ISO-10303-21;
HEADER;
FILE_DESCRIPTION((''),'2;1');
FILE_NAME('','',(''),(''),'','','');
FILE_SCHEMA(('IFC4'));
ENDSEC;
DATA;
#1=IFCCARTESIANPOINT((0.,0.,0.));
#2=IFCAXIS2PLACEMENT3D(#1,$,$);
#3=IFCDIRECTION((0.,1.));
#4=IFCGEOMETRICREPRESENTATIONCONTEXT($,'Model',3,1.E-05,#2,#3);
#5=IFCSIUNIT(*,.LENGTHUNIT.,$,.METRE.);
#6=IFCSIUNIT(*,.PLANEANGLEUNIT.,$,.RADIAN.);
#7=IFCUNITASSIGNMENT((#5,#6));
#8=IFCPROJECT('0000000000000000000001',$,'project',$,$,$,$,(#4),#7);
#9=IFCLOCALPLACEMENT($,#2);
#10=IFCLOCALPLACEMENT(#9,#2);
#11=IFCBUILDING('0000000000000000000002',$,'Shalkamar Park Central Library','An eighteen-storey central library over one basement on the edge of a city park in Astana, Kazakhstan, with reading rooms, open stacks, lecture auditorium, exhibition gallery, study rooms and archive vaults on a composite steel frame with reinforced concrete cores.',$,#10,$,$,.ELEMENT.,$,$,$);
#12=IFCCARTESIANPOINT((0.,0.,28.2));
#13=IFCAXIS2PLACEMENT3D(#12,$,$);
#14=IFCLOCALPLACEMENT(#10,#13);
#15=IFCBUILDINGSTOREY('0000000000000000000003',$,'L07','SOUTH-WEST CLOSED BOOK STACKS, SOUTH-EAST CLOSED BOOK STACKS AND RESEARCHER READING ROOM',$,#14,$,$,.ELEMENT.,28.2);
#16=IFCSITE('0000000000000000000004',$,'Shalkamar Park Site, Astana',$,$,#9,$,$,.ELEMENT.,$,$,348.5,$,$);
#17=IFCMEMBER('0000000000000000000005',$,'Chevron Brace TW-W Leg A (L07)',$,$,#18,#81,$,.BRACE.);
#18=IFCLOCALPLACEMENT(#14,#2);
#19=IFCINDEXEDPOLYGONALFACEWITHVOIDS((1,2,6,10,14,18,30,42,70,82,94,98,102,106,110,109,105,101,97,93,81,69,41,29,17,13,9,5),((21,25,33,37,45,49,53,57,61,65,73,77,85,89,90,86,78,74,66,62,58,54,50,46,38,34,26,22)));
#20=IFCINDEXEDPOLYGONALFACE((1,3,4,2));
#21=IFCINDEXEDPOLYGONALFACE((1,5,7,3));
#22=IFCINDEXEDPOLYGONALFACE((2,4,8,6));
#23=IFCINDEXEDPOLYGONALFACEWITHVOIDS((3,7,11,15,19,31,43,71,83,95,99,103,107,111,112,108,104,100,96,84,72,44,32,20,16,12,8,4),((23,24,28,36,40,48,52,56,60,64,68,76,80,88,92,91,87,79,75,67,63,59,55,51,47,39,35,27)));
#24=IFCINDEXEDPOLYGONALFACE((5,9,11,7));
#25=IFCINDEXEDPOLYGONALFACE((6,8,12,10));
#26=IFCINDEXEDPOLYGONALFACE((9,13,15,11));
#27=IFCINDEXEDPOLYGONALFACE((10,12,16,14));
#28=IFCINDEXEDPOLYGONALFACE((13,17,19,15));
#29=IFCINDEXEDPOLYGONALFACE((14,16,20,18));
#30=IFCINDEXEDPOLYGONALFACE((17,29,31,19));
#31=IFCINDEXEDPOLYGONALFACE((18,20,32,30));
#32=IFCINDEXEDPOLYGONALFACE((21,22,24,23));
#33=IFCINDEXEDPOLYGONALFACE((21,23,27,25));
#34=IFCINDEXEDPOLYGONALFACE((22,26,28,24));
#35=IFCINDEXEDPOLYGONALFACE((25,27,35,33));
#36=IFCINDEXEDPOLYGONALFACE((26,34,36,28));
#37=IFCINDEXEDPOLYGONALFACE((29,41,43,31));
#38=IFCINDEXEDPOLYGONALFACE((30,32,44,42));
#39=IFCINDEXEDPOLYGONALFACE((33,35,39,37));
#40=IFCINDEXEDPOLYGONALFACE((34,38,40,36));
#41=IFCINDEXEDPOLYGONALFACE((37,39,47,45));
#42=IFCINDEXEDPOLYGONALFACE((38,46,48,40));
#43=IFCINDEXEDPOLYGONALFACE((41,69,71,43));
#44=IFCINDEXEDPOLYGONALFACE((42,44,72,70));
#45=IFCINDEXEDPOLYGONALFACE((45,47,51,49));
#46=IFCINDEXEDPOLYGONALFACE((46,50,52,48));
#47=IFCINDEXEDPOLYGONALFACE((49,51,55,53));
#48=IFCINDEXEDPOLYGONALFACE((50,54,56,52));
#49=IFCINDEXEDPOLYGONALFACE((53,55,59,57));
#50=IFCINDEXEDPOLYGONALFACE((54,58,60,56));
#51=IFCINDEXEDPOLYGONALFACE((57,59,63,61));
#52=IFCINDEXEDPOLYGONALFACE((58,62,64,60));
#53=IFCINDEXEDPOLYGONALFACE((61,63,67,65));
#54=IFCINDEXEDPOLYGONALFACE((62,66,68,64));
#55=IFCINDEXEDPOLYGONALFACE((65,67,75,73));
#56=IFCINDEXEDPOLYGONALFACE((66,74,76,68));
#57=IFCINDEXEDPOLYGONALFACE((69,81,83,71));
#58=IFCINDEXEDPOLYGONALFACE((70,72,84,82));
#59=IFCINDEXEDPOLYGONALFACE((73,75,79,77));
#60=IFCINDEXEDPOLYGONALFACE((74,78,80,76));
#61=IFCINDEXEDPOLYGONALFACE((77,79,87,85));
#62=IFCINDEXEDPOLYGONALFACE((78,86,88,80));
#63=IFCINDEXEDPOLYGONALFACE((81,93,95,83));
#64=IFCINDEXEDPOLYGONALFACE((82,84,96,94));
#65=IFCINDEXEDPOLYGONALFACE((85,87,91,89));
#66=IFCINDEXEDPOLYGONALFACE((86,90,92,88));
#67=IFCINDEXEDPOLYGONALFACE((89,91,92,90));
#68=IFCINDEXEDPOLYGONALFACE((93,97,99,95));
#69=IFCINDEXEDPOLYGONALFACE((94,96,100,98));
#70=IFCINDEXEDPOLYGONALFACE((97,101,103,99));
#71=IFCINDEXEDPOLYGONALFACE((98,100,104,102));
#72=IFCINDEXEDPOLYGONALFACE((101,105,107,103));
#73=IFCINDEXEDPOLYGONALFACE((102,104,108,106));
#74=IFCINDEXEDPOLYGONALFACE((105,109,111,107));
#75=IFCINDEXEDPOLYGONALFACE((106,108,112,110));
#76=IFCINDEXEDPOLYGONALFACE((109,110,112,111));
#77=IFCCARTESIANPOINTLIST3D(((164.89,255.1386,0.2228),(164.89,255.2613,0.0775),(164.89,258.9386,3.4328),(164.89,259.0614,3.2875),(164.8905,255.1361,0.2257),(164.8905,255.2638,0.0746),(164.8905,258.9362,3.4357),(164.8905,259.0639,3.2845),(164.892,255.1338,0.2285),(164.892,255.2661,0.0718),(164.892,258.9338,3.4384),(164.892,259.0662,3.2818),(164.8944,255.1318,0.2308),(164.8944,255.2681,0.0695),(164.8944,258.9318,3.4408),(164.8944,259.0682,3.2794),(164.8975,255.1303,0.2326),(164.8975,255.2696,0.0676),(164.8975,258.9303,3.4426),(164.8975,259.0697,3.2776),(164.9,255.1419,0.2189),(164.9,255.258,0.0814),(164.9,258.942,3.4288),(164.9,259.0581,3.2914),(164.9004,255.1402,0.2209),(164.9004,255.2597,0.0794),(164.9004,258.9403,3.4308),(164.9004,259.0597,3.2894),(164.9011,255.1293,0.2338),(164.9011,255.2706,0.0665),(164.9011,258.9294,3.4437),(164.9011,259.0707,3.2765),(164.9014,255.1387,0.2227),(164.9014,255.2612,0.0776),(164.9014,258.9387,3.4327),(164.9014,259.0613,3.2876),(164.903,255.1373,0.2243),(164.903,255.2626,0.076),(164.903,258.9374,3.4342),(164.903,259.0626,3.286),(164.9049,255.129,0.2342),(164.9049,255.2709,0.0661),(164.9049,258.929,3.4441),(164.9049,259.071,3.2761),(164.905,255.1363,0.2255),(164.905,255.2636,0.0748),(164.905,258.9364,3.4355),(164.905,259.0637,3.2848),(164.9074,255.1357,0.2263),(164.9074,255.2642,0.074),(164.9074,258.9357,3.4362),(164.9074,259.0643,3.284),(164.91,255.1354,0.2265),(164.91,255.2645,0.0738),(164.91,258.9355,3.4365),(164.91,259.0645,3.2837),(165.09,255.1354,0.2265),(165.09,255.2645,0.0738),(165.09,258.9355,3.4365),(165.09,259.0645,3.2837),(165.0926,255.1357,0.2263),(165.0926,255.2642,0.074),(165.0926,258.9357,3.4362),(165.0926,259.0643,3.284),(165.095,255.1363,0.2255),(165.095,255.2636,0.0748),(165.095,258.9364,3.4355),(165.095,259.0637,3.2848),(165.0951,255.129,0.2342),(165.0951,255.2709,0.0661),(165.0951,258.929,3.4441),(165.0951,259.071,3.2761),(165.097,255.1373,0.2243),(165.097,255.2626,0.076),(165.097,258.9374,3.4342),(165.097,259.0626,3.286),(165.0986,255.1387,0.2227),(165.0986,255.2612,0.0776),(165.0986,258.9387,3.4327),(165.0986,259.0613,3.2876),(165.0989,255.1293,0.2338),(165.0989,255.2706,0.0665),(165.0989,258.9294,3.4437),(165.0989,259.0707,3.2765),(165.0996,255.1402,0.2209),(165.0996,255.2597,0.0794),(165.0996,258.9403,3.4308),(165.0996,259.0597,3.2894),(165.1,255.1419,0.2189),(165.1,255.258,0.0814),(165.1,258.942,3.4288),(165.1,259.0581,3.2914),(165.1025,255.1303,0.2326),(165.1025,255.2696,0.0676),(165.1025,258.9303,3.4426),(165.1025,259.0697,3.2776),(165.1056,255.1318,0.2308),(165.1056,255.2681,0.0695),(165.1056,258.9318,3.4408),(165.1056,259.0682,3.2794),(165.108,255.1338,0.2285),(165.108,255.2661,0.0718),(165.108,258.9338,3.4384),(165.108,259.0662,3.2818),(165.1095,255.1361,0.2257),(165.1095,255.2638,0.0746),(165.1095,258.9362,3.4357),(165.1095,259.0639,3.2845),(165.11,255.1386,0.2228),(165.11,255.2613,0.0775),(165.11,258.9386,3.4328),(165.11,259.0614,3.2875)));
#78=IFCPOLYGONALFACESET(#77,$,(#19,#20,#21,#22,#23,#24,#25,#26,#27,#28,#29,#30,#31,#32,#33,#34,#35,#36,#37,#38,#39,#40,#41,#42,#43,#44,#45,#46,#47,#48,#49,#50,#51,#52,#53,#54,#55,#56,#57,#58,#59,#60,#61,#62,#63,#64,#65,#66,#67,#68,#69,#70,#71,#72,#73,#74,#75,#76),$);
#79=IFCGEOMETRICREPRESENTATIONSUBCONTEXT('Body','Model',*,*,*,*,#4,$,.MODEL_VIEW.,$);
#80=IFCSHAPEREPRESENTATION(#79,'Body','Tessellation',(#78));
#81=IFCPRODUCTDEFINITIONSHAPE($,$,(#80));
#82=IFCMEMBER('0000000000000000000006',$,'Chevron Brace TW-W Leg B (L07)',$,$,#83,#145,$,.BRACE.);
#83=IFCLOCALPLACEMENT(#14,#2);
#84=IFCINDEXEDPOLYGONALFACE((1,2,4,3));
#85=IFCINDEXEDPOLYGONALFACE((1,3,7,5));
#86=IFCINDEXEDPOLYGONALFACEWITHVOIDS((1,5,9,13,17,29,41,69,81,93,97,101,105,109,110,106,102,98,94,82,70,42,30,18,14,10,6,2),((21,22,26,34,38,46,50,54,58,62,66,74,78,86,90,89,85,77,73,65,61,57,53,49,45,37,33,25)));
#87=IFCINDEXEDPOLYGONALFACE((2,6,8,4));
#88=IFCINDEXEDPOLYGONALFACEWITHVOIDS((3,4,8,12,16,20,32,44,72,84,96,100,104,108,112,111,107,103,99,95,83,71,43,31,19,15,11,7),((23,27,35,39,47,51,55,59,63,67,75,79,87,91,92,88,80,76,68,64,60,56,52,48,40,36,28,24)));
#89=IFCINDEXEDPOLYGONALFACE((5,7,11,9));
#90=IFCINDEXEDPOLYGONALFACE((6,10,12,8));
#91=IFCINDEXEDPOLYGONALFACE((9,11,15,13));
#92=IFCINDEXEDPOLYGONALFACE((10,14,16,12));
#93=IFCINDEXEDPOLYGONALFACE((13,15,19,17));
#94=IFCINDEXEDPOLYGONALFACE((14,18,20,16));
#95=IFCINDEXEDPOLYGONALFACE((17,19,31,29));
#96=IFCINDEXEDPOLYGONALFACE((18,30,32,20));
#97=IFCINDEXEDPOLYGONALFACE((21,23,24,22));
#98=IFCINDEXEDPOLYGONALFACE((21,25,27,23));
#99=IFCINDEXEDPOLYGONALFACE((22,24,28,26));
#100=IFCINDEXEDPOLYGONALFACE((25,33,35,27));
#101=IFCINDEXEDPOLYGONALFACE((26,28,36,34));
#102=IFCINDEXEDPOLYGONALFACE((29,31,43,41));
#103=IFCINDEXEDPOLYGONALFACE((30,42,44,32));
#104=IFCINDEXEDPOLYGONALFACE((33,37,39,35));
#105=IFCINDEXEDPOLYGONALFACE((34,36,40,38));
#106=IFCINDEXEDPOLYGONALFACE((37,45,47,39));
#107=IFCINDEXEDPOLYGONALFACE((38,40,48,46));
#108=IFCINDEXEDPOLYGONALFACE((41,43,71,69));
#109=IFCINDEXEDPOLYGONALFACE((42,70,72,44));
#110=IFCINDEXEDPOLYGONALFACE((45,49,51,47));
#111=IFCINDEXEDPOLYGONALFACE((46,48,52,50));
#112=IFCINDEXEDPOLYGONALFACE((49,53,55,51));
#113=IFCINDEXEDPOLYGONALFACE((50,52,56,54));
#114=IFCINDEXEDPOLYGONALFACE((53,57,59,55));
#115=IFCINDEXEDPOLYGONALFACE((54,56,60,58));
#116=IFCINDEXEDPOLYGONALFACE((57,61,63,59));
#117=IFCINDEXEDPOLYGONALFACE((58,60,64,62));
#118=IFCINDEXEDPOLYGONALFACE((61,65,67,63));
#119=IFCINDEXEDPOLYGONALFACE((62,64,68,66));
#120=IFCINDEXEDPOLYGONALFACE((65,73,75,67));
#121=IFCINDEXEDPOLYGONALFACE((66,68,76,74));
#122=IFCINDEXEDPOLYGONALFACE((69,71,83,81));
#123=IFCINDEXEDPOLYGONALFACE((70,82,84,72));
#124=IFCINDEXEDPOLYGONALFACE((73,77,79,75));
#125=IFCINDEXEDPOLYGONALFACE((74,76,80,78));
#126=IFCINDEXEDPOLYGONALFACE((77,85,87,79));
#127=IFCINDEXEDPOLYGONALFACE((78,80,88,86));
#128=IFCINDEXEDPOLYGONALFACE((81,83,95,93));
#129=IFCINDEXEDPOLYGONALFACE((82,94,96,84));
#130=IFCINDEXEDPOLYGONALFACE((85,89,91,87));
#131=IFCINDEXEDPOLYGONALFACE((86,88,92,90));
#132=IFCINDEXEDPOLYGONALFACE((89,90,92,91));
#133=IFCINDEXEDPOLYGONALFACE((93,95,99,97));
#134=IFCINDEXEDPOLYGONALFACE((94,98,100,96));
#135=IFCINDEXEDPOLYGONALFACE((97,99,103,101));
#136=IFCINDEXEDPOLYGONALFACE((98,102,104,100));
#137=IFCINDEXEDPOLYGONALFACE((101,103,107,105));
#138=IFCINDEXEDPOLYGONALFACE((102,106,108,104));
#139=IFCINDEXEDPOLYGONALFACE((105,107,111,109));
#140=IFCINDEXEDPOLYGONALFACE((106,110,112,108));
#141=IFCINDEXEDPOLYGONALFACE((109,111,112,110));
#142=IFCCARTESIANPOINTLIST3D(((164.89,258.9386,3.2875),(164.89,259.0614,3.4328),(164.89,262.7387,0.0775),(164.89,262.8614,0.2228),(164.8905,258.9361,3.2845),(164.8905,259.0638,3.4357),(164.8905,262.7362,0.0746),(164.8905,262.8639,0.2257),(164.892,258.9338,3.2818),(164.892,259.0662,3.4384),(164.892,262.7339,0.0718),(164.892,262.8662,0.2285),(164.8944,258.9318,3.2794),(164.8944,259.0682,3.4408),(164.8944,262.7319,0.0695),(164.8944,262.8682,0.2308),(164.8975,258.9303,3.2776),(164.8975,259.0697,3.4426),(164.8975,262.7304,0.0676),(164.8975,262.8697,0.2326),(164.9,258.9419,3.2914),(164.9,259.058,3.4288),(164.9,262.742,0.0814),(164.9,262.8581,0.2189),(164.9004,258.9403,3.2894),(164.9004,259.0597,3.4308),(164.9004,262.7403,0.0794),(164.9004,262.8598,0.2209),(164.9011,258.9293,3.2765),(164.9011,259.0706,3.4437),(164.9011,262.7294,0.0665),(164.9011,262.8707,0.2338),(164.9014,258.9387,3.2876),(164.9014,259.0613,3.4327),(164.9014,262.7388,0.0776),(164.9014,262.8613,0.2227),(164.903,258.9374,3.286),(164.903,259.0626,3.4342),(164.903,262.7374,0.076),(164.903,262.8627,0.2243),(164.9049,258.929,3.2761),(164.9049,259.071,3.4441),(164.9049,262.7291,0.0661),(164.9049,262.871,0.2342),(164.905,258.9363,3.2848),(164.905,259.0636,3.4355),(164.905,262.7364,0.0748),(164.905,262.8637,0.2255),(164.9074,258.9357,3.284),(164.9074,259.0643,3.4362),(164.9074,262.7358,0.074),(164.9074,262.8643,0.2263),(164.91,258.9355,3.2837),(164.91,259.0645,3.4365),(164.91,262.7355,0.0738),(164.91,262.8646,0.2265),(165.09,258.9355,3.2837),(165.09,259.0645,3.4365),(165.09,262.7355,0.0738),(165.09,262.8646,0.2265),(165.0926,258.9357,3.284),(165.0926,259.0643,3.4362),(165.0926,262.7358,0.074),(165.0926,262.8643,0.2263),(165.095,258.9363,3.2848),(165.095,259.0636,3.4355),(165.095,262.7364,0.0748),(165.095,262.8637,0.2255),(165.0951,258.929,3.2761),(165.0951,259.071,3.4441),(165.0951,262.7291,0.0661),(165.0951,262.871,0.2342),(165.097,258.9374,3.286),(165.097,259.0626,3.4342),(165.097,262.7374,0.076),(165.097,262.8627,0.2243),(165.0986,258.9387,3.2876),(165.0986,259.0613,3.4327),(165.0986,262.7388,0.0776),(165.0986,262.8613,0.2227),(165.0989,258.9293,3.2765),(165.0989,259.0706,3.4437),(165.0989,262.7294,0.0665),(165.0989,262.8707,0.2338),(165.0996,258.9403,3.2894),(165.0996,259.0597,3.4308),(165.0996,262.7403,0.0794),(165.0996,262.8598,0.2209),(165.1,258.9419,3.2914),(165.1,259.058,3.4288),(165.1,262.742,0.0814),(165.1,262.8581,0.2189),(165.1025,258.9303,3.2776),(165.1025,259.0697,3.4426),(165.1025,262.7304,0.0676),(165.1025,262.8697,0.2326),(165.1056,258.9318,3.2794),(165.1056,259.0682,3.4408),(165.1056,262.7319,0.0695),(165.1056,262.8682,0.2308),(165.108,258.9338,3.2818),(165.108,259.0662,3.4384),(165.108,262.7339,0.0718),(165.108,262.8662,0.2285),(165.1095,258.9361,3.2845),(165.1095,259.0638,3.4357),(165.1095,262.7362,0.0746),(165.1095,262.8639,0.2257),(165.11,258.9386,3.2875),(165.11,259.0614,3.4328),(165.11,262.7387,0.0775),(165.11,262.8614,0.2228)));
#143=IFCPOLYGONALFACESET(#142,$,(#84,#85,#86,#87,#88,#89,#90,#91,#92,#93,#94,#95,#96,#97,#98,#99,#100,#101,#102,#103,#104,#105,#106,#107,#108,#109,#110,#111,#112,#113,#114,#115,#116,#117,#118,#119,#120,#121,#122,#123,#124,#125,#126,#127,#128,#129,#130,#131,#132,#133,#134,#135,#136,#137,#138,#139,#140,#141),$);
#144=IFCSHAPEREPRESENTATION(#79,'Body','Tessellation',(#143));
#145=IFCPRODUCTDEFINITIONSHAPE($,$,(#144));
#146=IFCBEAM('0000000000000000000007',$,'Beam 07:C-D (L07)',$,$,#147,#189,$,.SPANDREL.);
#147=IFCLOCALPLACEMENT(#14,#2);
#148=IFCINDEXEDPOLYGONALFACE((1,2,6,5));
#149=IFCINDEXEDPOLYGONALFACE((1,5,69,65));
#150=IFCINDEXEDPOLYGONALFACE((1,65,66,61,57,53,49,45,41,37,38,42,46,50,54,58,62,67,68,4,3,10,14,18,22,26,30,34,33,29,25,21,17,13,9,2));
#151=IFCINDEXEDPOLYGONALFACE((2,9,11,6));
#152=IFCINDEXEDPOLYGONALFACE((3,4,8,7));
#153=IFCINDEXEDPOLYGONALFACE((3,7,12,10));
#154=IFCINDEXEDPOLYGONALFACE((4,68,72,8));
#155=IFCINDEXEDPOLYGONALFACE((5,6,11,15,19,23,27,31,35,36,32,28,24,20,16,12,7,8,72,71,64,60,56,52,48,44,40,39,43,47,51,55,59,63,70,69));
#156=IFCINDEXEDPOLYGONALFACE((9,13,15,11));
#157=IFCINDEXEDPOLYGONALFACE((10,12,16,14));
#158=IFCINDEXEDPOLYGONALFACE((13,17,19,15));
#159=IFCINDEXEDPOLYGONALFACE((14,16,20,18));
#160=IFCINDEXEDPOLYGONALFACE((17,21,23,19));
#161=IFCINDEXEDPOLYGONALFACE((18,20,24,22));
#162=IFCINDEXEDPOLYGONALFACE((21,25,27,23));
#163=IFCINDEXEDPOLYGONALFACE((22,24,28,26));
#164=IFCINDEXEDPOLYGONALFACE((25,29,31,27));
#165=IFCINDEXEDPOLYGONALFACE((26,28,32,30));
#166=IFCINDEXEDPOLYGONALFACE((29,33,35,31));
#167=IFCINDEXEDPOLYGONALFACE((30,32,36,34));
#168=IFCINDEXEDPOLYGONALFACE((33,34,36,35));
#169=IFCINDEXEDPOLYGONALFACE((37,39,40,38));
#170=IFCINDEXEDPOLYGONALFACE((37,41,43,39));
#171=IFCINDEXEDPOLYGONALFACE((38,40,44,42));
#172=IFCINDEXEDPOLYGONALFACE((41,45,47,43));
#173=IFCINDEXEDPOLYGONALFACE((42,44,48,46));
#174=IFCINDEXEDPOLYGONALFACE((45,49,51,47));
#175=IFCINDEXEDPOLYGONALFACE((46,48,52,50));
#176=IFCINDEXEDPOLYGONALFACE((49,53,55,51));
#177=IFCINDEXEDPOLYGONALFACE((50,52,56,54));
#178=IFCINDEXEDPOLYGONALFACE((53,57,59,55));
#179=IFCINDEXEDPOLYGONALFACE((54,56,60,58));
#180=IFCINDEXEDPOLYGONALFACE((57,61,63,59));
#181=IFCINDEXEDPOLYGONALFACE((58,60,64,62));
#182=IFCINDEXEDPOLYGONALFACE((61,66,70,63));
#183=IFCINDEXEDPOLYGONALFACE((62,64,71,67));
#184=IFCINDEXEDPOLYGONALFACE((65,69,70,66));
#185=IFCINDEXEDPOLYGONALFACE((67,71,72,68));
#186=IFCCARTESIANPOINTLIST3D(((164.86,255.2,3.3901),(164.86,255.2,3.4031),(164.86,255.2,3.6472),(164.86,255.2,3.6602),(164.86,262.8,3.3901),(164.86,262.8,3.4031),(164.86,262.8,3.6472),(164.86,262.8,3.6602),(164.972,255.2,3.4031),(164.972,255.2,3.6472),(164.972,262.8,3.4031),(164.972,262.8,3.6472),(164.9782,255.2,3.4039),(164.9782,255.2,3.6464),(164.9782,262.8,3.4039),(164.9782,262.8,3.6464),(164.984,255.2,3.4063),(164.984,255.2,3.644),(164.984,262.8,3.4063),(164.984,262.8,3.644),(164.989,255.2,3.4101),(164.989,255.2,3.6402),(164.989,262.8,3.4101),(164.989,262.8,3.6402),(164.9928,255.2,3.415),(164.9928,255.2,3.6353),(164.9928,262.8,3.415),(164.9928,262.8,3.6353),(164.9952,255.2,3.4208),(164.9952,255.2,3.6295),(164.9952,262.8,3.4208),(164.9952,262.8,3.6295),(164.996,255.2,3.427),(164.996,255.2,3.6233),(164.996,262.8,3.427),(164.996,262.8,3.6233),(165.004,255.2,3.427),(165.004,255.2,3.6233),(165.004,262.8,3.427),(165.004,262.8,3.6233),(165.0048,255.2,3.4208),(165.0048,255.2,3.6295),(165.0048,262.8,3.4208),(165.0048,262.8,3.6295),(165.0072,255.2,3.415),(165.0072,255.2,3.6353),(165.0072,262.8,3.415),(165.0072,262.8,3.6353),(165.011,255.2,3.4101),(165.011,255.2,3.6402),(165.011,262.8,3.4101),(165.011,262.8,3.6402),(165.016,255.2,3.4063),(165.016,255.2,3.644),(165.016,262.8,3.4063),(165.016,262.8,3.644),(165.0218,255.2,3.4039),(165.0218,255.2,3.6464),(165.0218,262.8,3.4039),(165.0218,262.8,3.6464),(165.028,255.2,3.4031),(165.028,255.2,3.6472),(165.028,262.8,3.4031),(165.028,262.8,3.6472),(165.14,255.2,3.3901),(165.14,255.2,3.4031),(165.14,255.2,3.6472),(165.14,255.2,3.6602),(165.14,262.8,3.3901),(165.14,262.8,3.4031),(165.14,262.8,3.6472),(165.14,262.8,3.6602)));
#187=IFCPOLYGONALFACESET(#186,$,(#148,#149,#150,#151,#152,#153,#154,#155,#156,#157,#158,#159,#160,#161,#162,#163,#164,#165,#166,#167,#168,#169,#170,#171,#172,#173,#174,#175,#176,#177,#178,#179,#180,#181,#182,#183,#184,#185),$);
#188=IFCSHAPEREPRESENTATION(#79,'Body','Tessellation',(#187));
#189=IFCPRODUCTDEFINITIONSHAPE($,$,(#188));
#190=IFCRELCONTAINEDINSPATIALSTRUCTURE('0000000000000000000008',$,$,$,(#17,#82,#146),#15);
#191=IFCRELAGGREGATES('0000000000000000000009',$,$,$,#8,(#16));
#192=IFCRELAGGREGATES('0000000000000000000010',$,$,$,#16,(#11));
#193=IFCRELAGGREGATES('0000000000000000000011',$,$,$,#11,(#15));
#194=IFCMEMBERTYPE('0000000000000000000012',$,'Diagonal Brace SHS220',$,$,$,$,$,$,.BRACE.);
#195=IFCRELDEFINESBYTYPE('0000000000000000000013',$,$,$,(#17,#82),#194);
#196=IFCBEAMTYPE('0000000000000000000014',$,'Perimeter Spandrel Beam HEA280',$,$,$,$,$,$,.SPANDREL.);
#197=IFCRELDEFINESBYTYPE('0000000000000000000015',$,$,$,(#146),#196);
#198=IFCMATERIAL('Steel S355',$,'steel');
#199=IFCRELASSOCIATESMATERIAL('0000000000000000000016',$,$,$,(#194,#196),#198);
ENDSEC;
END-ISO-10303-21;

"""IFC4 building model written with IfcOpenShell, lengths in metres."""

from ifc_helpers import new_model, si_unit, direction, frame, origin, origin_2d, place, context, subcontext, project, spatial, hollow_rectangle, i_section, extrude, material, material_profile, profile_set, type_object, element, save


model = new_model("IFC4")

# Units and contexts
model_context = context("Model", 3, precision=1e-05, world=origin(), true_north=direction((0.0, 1.0)))
body_context = subcontext(model_context, "Body", "Model", "MODEL_VIEW")
ifc_project = project(units=[si_unit("LENGTHUNIT", "METRE"), si_unit("PLANEANGLEUNIT", "RADIAN")], contexts=[model_context])

# Site, building, storey
site_placement = place(None, origin())
site = spatial("IfcSite", under=ifc_project, at=site_placement, Name="Shalkamar Park Site, Astana", CompositionType="ELEMENT", RefElevation=348.5)
building_placement = place(site_placement, origin())
building = spatial("IfcBuilding", under=site, at=building_placement, Name="Shalkamar Park Central Library", Description="An eighteen-storey central library over one basement on the edge of a city park in Astana, Kazakhstan, with reading rooms, open stacks, lecture auditorium, exhibition gallery, study rooms and archive vaults on a composite steel frame with reinforced concrete cores.", CompositionType="ELEMENT")
storey_placement = place(building_placement, frame((0.0, 0.0, 28.2)))
storey = spatial("IfcBuildingStorey", under=building, at=storey_placement, Name="L07", Description="SOUTH-WEST CLOSED BOOK STACKS, SOUTH-EAST CLOSED BOOK STACKS AND RESEARCHER READING ROOM", CompositionType="ELEMENT", Elevation=28.2)

# Shared definitions
ifc_material_1 = material(Name="Steel S355", Category="steel")

# Members
ifc_material_profile_1 = material_profile(ifc_material_1, hollow_rectangle(XDim=0.22, YDim=0.22, WallThickness=0.01, InnerFilletRadius=0.01, OuterFilletRadius=0.0149, at=origin_2d()), Name="SHS 220x220x10")
ifc_profile_set_1 = profile_set([ifc_material_profile_1], Name="Steel S355")
member_type = type_object("IfcMemberType", Name="Diagonal Brace SHS220", PredefinedType="BRACE", material=ifc_profile_set_1)
for number, where, z_axis, x_axis, name in (
    (1, (165.0, 255.2, 0.1501), (0.0, 0.763928, 0.645302), (-1.0, 0.0, 0.0), "Chevron Brace TW-W Leg A (L07)"),
    (2, (165.0, 262.8, 0.1501), (0.0, -0.763928, 0.645302), (1.0, 0.0, 0.0), "Chevron Brace TW-W Leg B (L07)"),
):
    element("IfcMember", number, at=place(storey_placement, frame(where, z_axis=z_axis, x_axis=x_axis)), inside=storey, type_object=member_type, Name=name, PredefinedType="BRACE", context=body_context, shape_type="SweptSolid", body=[
        extrude(hollow_rectangle(XDim=0.22, YDim=0.22, WallThickness=0.01, InnerFilletRadius=0.01, OuterFilletRadius=0.0149, at=origin_2d()), origin(), (0.0, 0.0, 1.0), 4.9744),
    ])

# Beam
ifc_material_profile_2 = material_profile(ifc_material_1, i_section(OverallWidth=0.28, OverallDepth=0.27, WebThickness=0.0081, FlangeThickness=0.0129, FilletRadius=0.0239, at=origin_2d()), Name="HEA 280")
ifc_profile_set_2 = profile_set([ifc_material_profile_2], Name="Steel S355")
beam_type_1 = type_object("IfcBeamType", Name="Perimeter Spandrel Beam HEA280", PredefinedType="SPANDREL", material=ifc_profile_set_2)
beam_1_placement = place(storey_placement, frame((165.0, 255.2, 3.5251), z_axis=(0.0, 1.0, 0.0), x_axis=(-1.0, 0.0, 0.0)))
element("IfcBeam", 3, at=beam_1_placement, inside=storey, type_object=beam_type_1, Name="Beam 07:C-D (L07)", PredefinedType="SPANDREL", context=body_context, shape_type="SweptSolid", body=[
    extrude(i_section(OverallWidth=0.28, OverallDepth=0.27, WebThickness=0.0081, FlangeThickness=0.0129, FilletRadius=0.0239, at=origin_2d()), origin(), (0.0, 0.0, 1.0), 7.6001),
])

save(model, "model.ifc")
